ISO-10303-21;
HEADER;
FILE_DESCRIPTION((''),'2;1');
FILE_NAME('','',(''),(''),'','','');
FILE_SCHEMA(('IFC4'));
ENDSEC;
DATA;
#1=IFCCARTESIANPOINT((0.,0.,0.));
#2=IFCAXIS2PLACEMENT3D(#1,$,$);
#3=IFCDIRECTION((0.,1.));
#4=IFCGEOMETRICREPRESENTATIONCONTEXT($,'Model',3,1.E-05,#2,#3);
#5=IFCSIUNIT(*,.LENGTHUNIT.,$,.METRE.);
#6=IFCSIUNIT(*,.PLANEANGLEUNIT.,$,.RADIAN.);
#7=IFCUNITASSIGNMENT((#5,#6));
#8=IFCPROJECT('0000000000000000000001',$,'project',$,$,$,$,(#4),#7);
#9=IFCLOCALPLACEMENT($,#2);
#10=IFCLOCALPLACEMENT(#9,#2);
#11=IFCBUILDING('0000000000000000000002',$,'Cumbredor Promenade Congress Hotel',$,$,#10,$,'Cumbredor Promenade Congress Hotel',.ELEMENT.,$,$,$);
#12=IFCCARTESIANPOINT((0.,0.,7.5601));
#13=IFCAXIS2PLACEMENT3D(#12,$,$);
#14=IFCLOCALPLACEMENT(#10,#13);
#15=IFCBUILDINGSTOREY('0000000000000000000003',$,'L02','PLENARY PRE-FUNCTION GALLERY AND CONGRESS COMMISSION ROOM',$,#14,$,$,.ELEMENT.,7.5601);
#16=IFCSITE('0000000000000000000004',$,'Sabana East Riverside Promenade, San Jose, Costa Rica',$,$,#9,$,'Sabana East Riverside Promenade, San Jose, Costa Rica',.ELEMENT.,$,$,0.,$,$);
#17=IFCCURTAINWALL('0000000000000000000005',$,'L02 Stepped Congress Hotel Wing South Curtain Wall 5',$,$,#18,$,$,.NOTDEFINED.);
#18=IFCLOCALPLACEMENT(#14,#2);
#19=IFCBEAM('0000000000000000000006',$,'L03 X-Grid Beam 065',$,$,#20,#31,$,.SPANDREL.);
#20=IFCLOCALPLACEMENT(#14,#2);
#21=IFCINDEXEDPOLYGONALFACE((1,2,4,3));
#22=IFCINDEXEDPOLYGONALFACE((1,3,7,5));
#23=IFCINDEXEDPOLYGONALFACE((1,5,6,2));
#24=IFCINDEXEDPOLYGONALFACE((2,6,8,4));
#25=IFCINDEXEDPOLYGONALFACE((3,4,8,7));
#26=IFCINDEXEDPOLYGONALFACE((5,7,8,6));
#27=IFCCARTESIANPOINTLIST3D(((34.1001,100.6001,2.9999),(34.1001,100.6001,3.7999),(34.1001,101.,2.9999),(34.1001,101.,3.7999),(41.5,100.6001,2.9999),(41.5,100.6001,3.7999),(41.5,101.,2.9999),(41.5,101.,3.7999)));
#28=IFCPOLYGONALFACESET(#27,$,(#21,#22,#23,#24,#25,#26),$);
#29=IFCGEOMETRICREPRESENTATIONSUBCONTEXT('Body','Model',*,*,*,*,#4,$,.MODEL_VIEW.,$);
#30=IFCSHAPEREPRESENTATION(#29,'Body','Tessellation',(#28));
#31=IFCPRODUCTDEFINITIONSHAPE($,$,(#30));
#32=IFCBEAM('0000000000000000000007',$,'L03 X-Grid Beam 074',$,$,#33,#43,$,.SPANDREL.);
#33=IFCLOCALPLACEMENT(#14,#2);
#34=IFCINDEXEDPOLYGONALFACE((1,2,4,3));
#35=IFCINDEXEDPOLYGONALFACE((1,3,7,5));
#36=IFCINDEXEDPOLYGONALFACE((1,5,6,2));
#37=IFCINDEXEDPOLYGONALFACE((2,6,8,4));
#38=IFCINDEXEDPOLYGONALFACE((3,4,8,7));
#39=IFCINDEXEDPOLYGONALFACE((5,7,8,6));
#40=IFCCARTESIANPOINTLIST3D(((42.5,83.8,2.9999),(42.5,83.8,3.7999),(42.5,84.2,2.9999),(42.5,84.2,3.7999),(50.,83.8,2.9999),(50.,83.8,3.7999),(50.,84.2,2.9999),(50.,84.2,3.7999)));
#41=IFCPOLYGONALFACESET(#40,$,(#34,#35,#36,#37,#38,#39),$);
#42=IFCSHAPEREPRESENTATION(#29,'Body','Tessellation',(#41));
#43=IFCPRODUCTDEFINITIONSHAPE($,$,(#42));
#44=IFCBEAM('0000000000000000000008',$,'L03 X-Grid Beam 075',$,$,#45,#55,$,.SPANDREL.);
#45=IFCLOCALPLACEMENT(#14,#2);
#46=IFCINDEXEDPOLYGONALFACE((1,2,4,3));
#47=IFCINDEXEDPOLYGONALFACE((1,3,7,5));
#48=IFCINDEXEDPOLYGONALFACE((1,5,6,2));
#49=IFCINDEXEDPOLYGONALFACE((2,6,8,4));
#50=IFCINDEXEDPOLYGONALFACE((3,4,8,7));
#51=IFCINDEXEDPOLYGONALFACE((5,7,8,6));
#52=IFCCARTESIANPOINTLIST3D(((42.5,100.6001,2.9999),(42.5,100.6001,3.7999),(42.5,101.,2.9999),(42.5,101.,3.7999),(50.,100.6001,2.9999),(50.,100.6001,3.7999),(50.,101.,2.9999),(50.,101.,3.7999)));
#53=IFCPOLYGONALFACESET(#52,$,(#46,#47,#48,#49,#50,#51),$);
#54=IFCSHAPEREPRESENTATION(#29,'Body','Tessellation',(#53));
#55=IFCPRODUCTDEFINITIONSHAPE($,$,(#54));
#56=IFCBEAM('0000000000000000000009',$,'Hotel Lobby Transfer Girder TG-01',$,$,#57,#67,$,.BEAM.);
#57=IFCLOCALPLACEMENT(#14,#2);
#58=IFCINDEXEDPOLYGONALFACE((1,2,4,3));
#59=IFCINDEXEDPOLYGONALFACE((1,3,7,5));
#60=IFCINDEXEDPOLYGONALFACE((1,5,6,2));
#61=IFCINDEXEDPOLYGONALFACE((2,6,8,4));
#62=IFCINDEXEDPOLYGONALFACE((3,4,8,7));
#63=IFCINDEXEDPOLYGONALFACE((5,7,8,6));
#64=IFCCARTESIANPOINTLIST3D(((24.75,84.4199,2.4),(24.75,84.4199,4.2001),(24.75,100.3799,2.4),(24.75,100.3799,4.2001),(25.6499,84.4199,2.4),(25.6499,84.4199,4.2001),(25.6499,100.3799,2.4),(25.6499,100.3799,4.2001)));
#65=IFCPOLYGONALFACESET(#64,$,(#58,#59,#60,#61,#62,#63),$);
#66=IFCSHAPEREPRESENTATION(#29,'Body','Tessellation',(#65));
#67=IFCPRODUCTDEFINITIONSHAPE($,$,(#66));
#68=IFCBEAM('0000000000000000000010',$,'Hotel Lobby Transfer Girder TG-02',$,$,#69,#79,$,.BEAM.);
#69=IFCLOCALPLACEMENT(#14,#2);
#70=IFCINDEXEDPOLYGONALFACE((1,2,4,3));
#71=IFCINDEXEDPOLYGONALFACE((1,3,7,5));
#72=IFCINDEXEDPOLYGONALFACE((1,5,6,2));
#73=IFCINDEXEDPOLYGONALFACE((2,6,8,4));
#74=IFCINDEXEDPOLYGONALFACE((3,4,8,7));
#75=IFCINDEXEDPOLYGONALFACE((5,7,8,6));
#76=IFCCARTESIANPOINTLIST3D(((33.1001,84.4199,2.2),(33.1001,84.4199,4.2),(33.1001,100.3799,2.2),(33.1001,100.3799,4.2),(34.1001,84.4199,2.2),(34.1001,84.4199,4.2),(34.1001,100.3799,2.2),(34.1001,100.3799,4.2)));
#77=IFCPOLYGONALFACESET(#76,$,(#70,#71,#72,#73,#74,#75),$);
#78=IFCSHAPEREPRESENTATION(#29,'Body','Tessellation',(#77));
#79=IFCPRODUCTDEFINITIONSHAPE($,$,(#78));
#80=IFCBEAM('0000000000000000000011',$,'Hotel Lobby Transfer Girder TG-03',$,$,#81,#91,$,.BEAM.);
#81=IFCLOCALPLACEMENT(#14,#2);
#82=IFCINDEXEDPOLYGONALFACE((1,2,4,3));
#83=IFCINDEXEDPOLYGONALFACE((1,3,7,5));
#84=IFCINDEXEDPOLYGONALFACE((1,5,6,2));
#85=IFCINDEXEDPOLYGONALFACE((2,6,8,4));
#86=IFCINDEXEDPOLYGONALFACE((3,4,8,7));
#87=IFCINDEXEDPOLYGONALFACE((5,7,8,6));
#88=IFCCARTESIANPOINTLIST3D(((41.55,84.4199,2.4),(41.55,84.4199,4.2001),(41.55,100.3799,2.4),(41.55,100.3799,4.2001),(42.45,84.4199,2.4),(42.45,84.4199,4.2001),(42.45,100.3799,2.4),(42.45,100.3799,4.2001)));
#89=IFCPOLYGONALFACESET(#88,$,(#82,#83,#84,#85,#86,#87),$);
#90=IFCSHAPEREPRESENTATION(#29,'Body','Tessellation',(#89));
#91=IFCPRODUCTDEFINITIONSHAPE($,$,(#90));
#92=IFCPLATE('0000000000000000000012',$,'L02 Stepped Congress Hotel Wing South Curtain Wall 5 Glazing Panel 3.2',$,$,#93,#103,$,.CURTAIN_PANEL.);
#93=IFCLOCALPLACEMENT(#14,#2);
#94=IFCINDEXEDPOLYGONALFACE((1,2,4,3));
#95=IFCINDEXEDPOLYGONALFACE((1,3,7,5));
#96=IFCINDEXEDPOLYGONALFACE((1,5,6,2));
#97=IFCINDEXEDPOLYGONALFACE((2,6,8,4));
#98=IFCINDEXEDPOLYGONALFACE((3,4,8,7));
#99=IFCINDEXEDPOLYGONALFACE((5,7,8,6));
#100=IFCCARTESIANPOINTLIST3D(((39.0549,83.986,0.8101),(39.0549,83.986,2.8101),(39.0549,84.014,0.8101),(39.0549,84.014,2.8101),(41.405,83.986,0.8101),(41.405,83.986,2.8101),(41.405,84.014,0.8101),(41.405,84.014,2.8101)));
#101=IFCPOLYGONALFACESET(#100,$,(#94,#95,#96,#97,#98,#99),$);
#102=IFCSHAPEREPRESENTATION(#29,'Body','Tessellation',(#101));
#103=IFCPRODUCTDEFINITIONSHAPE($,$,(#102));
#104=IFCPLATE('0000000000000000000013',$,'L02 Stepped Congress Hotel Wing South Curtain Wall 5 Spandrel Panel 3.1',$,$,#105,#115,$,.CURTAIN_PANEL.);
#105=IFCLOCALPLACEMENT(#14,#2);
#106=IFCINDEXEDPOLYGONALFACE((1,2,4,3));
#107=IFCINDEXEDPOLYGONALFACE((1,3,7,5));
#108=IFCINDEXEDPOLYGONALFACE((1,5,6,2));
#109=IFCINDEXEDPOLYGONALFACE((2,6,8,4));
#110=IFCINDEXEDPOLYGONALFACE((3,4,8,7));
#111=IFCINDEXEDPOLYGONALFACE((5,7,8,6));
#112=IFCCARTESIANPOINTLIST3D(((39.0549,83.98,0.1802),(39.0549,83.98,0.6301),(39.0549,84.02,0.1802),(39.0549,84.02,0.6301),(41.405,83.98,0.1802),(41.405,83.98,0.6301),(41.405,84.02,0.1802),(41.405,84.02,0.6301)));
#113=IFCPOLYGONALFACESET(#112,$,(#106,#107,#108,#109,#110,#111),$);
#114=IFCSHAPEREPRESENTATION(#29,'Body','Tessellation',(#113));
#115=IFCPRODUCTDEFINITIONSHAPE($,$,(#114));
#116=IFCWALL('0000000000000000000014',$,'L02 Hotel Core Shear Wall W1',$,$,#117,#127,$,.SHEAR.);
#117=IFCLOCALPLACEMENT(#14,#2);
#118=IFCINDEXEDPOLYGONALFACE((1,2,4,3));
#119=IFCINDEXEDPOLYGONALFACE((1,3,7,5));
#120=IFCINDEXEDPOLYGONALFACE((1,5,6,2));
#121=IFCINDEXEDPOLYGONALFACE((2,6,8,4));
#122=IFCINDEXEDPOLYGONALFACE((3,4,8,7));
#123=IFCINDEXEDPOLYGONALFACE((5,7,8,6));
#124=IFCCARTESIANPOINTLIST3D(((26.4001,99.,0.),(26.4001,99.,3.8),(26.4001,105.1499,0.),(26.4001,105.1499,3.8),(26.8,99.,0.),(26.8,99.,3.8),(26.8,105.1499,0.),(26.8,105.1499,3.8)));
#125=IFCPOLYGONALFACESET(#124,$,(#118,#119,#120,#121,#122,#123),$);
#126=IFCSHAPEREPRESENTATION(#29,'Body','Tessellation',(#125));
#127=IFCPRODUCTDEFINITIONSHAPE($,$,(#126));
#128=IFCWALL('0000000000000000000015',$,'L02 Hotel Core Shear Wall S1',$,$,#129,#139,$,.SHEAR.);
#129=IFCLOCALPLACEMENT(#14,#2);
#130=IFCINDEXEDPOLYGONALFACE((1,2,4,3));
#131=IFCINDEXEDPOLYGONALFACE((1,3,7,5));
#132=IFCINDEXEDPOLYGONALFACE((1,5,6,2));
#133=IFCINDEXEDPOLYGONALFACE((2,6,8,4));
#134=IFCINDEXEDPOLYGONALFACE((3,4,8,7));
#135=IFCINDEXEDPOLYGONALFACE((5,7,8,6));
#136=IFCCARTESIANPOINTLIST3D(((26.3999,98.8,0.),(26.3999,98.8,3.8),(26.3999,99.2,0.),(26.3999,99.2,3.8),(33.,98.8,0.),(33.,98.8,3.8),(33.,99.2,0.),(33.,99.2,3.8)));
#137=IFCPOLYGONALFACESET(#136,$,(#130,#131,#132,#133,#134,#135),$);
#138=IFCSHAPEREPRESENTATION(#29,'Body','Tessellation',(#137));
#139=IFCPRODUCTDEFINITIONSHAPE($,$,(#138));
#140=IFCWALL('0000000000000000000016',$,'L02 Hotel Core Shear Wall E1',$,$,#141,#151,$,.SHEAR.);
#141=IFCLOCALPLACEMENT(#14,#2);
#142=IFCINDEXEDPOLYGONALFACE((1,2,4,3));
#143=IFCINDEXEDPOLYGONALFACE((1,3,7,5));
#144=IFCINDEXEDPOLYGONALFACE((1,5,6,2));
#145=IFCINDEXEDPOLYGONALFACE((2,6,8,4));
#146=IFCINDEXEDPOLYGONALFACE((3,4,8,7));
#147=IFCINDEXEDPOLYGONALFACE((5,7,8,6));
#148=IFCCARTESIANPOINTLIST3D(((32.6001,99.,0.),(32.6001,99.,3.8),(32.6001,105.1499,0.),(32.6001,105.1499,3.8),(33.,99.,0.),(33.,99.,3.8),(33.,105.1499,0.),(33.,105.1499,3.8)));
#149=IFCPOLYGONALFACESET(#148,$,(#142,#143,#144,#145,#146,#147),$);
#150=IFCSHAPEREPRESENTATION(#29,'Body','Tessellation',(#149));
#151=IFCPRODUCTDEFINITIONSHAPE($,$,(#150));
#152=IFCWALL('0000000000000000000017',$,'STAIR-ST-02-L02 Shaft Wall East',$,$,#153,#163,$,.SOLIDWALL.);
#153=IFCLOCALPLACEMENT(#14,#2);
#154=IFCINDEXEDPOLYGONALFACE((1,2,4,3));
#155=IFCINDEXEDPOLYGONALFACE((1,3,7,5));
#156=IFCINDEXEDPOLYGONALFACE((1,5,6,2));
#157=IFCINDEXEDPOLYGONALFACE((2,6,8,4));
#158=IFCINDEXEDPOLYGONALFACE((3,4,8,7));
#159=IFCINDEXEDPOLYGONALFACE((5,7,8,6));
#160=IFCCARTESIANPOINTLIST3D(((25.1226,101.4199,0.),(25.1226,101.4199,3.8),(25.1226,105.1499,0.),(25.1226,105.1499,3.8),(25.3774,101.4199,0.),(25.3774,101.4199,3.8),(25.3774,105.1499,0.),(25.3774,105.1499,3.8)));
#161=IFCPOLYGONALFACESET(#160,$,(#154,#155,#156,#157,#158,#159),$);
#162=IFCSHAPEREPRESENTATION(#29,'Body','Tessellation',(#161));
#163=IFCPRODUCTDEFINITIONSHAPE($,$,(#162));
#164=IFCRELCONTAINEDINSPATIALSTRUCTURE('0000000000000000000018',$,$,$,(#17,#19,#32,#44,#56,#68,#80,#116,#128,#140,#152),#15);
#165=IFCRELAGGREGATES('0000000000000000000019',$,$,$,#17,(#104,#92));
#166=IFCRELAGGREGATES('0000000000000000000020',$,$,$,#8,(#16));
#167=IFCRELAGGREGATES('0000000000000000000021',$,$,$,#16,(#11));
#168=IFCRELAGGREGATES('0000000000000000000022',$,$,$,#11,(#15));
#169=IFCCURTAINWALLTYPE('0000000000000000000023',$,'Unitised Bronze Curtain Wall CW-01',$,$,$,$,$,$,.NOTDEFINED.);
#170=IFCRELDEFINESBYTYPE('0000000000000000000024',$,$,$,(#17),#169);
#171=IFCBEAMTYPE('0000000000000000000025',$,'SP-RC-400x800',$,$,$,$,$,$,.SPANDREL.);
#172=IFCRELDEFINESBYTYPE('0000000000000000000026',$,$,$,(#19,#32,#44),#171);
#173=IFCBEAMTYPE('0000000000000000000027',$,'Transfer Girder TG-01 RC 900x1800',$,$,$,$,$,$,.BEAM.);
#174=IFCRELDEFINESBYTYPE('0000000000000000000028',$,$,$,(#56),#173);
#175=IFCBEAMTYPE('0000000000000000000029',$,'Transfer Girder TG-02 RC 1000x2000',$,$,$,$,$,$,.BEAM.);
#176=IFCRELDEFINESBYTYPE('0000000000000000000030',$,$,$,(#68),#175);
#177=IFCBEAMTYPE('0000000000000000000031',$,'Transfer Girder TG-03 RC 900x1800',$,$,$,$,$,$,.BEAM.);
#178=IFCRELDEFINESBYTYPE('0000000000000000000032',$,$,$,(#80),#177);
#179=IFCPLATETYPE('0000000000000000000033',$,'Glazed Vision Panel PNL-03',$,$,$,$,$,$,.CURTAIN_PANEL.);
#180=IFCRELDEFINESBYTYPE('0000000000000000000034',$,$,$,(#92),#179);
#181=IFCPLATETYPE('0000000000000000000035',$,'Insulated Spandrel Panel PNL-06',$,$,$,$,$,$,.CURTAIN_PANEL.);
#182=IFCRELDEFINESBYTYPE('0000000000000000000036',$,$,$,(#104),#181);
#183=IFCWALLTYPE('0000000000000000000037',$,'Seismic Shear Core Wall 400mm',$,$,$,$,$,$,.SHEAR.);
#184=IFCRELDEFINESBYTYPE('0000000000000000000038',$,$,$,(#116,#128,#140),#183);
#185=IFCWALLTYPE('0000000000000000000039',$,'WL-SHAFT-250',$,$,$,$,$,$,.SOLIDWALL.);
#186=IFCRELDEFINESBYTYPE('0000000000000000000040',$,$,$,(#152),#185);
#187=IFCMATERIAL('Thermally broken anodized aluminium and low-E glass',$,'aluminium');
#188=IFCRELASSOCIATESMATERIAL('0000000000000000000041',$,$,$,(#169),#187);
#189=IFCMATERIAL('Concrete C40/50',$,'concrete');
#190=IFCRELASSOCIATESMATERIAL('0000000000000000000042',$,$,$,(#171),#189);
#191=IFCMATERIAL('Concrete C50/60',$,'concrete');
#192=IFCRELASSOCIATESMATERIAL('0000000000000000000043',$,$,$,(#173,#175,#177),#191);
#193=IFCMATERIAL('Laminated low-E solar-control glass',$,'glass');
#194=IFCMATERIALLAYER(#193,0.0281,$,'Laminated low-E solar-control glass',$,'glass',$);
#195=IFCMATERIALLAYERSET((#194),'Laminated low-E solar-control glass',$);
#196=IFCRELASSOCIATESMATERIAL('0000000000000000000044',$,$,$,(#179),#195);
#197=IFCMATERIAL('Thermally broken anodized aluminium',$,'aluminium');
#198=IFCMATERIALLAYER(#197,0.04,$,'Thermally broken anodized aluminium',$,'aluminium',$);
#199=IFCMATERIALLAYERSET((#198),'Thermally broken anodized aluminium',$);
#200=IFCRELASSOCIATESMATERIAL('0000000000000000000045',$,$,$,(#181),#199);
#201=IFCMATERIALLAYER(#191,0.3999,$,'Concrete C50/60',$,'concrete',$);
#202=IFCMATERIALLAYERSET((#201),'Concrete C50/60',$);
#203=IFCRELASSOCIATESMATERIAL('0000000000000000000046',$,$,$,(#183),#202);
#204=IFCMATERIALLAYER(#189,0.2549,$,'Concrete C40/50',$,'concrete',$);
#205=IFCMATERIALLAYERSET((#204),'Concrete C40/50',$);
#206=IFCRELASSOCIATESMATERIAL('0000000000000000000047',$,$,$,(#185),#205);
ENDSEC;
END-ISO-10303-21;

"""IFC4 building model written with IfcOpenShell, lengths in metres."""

from ifc_helpers import new_model, si_unit, direction, frame, frame_2d, origin, origin_2d, place, context, subcontext, project, spatial, rectangle, extrude, material, layer, layer_set, material_profile, profile_set, type_object, element, aggregate, save


model = new_model("IFC4")

# Units and contexts
model_context = context("Model", 3, precision=1e-05, world=origin(), true_north=direction((0.0, 1.0)))
body_context = subcontext(model_context, "Body", "Model", "MODEL_VIEW")
ifc_project = project(units=[si_unit("LENGTHUNIT", "METRE"), si_unit("PLANEANGLEUNIT", "RADIAN")], contexts=[model_context])

# Site, building, storey
site_placement = place(None, origin())
site = spatial("IfcSite", under=ifc_project, at=site_placement, Name="Sabana East Riverside Promenade, San Jose, Costa Rica", LongName="Sabana East Riverside Promenade, San Jose, Costa Rica", CompositionType="ELEMENT", RefElevation=0.0)
building_placement = place(site_placement, origin())
building = spatial("IfcBuilding", under=site, at=building_placement, Name="Cumbredor Promenade Congress Hotel", LongName="Cumbredor Promenade Congress Hotel", CompositionType="ELEMENT")
storey_placement = place(building_placement, frame((0.0, 0.0, 7.5601)))
storey = spatial("IfcBuildingStorey", under=building, at=storey_placement, Name="L02", Description="PLENARY PRE-FUNCTION GALLERY AND CONGRESS COMMISSION ROOM", CompositionType="ELEMENT", Elevation=7.5601)

# Shared definitions
ifc_material_1 = material(Name="Concrete C50/60", Category="concrete")

# Shared definitions
ifc_material_2 = material(Name="Concrete C40/50", Category="concrete")

# Curtain wall
ifc_material_3 = material(Name="Thermally broken anodized aluminium and low-E glass", Category="aluminium")
curtain_wall_type = type_object("IfcCurtainWallType", Name="Unitised Bronze Curtain Wall CW-01", PredefinedType="NOTDEFINED", material=ifc_material_3)
ifc_material_4 = material(Name="Thermally broken anodized aluminium", Category="aluminium")
curtain_wall_1_placement = place(storey_placement, origin())
curtain_wall_1 = element("IfcCurtainWall", 1, at=curtain_wall_1_placement, inside=storey, type_object=curtain_wall_type, Name="L02 Stepped Congress Hotel Wing South Curtain Wall 5", PredefinedType="NOTDEFINED")

# Beams
ifc_material_profile_1 = material_profile(ifc_material_2, rectangle(XDim=0.3999, YDim=0.8, at=origin_2d()), Name="RC SPANDREL 400x800")
ifc_profile_set_1 = profile_set([ifc_material_profile_1], Name="Concrete C40/50")
beam_type_1 = type_object("IfcBeamType", Name="SP-RC-400x800", PredefinedType="SPANDREL", material=ifc_profile_set_1)
beam_1_placement = place(storey_placement, frame((34.1001, 100.8, 3.3999), z_axis=(1.0, 0.0, 0.0), x_axis=(0.0, 1.0, 0.0)))
element("IfcBeam", 2, at=beam_1_placement, inside=storey, type_object=beam_type_1, Name="L03 X-Grid Beam 065", PredefinedType="SPANDREL", context=body_context, shape_type="SweptSolid", body=[
    extrude(rectangle(XDim=0.3999, YDim=0.8, at=origin_2d()), origin(), (0.0, 0.0, 1.0), 7.3999),
])
for number, where, z_axis, x_axis, name in (
    (3, (42.5, 84.0, 3.3999), (1.0, 0.0, 0.0), (0.0, 1.0, 0.0), "L03 X-Grid Beam 074"),
    (4, (42.5, 100.8, 3.3999), (1.0, 0.0, 0.0), (0.0, 1.0, 0.0), "L03 X-Grid Beam 075"),
):
    element("IfcBeam", number, at=place(storey_placement, frame(where, z_axis=z_axis, x_axis=x_axis)), inside=storey, type_object=beam_type_1, Name=name, PredefinedType="SPANDREL", context=body_context, shape_type="SweptSolid", body=[
        extrude(rectangle(XDim=0.3999, YDim=0.8, at=origin_2d()), origin(), (0.0, 0.0, 1.0), 7.5),
    ])
ifc_material_profile_2 = material_profile(ifc_material_1, rectangle(XDim=0.8999, YDim=1.8, at=origin_2d()), Name="RC TRANSFER 900x1800")
ifc_profile_set_2 = profile_set([ifc_material_profile_2], Name="Concrete C50/60")
beam_type_2 = type_object("IfcBeamType", Name="Transfer Girder TG-01 RC 900x1800", PredefinedType="BEAM", material=ifc_profile_set_2)
beam_2_placement = place(storey_placement, frame((25.2, 84.4199, 3.3), z_axis=(0.0, 1.0, 0.0), x_axis=(-1.0, 0.0, 0.0)))
element("IfcBeam", 5, at=beam_2_placement, inside=storey, type_object=beam_type_2, Name="Hotel Lobby Transfer Girder TG-01", PredefinedType="BEAM", context=body_context, shape_type="SweptSolid", body=[
    extrude(rectangle(XDim=0.8999, YDim=1.8, at=origin_2d()), origin(), (0.0, 0.0, 1.0), 15.96),
])
ifc_material_profile_3 = material_profile(ifc_material_1, rectangle(XDim=1.0, YDim=2.0, at=origin_2d()), Name="RC TRANSFER 1000x2000")
ifc_profile_set_3 = profile_set([ifc_material_profile_3], Name="Concrete C50/60")
beam_type_3 = type_object("IfcBeamType", Name="Transfer Girder TG-02 RC 1000x2000", PredefinedType="BEAM", material=ifc_profile_set_3)
beam_3_placement = place(storey_placement, frame((33.6001, 84.4199, 3.2), z_axis=(0.0, 1.0, 0.0), x_axis=(-1.0, 0.0, 0.0)))
element("IfcBeam", 6, at=beam_3_placement, inside=storey, type_object=beam_type_3, Name="Hotel Lobby Transfer Girder TG-02", PredefinedType="BEAM", context=body_context, shape_type="SweptSolid", body=[
    extrude(rectangle(XDim=1.0, YDim=2.0, at=origin_2d()), origin(), (0.0, 0.0, 1.0), 15.96),
])
ifc_material_profile_4 = material_profile(ifc_material_1, rectangle(XDim=0.8999, YDim=1.8, at=origin_2d()), Name="RC TRANSFER 900x1800")
ifc_profile_set_4 = profile_set([ifc_material_profile_4], Name="Concrete C50/60")
beam_type_4 = type_object("IfcBeamType", Name="Transfer Girder TG-03 RC 900x1800", PredefinedType="BEAM", material=ifc_profile_set_4)
beam_4_placement = place(storey_placement, frame((42.0, 84.4199, 3.3), z_axis=(0.0, 1.0, 0.0), x_axis=(-1.0, 0.0, 0.0)))
element("IfcBeam", 7, at=beam_4_placement, inside=storey, type_object=beam_type_4, Name="Hotel Lobby Transfer Girder TG-03", PredefinedType="BEAM", context=body_context, shape_type="SweptSolid", body=[
    extrude(rectangle(XDim=0.8999, YDim=1.8, at=origin_2d()), origin(), (0.0, 0.0, 1.0), 15.96),
])

# Plates
ifc_material_5 = material(Name="Laminated low-E solar-control glass", Category="glass")
ifc_layer_1 = layer(ifc_material_5, 0.0281, Name="Laminated low-E solar-control glass", Category="glass")
ifc_layer_set_1 = layer_set([ifc_layer_1], Name="Laminated low-E solar-control glass")
plate_type_1 = type_object("IfcPlateType", Name="Glazed Vision Panel PNL-03", PredefinedType="CURTAIN_PANEL", material=ifc_layer_set_1)
plate_1_placement = place(storey_placement, frame((40.23, 84.0, 0.8101), z_axis=(0.0, 0.0, 1.0), x_axis=(1.0, 0.0, 0.0)))
plate_1 = element("IfcPlate", 8, at=plate_1_placement, type_object=plate_type_1, Name="L02 Stepped Congress Hotel Wing South Curtain Wall 5 Glazing Panel 3.2", PredefinedType="CURTAIN_PANEL", context=body_context, shape_type="SweptSolid", body=[
    extrude(rectangle(XDim=2.3501, YDim=0.0281, at=origin_2d()), origin(), (0.0, 0.0, 1.0), 2.0),
])
ifc_layer_2 = layer(ifc_material_4, 0.04, Name="Thermally broken anodized aluminium", Category="aluminium")
ifc_layer_set_2 = layer_set([ifc_layer_2], Name="Thermally broken anodized aluminium")
plate_type_2 = type_object("IfcPlateType", Name="Insulated Spandrel Panel PNL-06", PredefinedType="CURTAIN_PANEL", material=ifc_layer_set_2)
plate_2_placement = place(storey_placement, frame((40.23, 84.0, 0.1802), z_axis=(0.0, 0.0, 1.0), x_axis=(1.0, 0.0, 0.0)))
plate_2 = element("IfcPlate", 9, at=plate_2_placement, type_object=plate_type_2, Name="L02 Stepped Congress Hotel Wing South Curtain Wall 5 Spandrel Panel 3.1", PredefinedType="CURTAIN_PANEL", context=body_context, shape_type="SweptSolid", body=[
    extrude(rectangle(XDim=2.3501, YDim=0.04, at=origin_2d()), origin(), (0.0, 0.0, 1.0), 0.45),
])
aggregate(curtain_wall_1, [plate_2, plate_1])

# Walls
ifc_layer_3 = layer(ifc_material_1, 0.3999, Name="Concrete C50/60", Category="concrete")
ifc_layer_set_3 = layer_set([ifc_layer_3], Name="Concrete C50/60")
wall_type_1 = type_object("IfcWallType", Name="Seismic Shear Core Wall 400mm", PredefinedType="SHEAR", material=ifc_layer_set_3)
wall_1_placement = place(storey_placement, frame((26.6001, 99.0, 0.0), z_axis=(0.0, 0.0, 1.0), x_axis=(0.0, 1.0, 0.0)))
element("IfcWall", 10, at=wall_1_placement, inside=storey, type_object=wall_type_1, Name="L02 Hotel Core Shear Wall W1", PredefinedType="SHEAR", context=body_context, shape_type="SweptSolid", body=[
    extrude(rectangle(XDim=6.1499, YDim=0.3999, at=frame_2d((3.075, 0.0))), origin(), (0.0, 0.0, 1.0), 3.8),
])
wall_2_placement = place(storey_placement, frame((26.3999, 99.0, 0.0), z_axis=(0.0, 0.0, 1.0), x_axis=(1.0, 0.0, 0.0)))
element("IfcWall", 11, at=wall_2_placement, inside=storey, type_object=wall_type_1, Name="L02 Hotel Core Shear Wall S1", PredefinedType="SHEAR", context=body_context, shape_type="SweptSolid", body=[
    extrude(rectangle(XDim=6.6001, YDim=0.3999, at=frame_2d((3.3, 0.0))), origin(), (0.0, 0.0, 1.0), 3.8),
])
wall_3_placement = place(storey_placement, frame((32.8, 99.0, 0.0), z_axis=(0.0, 0.0, 1.0), x_axis=(0.0, 1.0, 0.0)))
element("IfcWall", 12, at=wall_3_placement, inside=storey, type_object=wall_type_1, Name="L02 Hotel Core Shear Wall E1", PredefinedType="SHEAR", context=body_context, shape_type="SweptSolid", body=[
    extrude(rectangle(XDim=6.1499, YDim=0.3999, at=frame_2d((3.075, 0.0))), origin(), (0.0, 0.0, 1.0), 3.8),
])
ifc_layer_4 = layer(ifc_material_2, 0.2549, Name="Concrete C40/50", Category="concrete")
ifc_layer_set_4 = layer_set([ifc_layer_4], Name="Concrete C40/50")
wall_type_2 = type_object("IfcWallType", Name="WL-SHAFT-250", PredefinedType="SOLIDWALL", material=ifc_layer_set_4)
wall_4_placement = place(storey_placement, frame((25.25, 101.4199, 0.0), z_axis=(0.0, 0.0, 1.0), x_axis=(0.0, 1.0, 0.0)))
element("IfcWall", 13, at=wall_4_placement, inside=storey, type_object=wall_type_2, Name="STAIR-ST-02-L02 Shaft Wall East", PredefinedType="SOLIDWALL", context=body_context, shape_type="SweptSolid", body=[
    extrude(rectangle(XDim=3.73, YDim=0.2549, at=frame_2d((1.865, 0.0))), origin(), (0.0, 0.0, 1.0), 3.8),
])

save(model, "model.ifc")
